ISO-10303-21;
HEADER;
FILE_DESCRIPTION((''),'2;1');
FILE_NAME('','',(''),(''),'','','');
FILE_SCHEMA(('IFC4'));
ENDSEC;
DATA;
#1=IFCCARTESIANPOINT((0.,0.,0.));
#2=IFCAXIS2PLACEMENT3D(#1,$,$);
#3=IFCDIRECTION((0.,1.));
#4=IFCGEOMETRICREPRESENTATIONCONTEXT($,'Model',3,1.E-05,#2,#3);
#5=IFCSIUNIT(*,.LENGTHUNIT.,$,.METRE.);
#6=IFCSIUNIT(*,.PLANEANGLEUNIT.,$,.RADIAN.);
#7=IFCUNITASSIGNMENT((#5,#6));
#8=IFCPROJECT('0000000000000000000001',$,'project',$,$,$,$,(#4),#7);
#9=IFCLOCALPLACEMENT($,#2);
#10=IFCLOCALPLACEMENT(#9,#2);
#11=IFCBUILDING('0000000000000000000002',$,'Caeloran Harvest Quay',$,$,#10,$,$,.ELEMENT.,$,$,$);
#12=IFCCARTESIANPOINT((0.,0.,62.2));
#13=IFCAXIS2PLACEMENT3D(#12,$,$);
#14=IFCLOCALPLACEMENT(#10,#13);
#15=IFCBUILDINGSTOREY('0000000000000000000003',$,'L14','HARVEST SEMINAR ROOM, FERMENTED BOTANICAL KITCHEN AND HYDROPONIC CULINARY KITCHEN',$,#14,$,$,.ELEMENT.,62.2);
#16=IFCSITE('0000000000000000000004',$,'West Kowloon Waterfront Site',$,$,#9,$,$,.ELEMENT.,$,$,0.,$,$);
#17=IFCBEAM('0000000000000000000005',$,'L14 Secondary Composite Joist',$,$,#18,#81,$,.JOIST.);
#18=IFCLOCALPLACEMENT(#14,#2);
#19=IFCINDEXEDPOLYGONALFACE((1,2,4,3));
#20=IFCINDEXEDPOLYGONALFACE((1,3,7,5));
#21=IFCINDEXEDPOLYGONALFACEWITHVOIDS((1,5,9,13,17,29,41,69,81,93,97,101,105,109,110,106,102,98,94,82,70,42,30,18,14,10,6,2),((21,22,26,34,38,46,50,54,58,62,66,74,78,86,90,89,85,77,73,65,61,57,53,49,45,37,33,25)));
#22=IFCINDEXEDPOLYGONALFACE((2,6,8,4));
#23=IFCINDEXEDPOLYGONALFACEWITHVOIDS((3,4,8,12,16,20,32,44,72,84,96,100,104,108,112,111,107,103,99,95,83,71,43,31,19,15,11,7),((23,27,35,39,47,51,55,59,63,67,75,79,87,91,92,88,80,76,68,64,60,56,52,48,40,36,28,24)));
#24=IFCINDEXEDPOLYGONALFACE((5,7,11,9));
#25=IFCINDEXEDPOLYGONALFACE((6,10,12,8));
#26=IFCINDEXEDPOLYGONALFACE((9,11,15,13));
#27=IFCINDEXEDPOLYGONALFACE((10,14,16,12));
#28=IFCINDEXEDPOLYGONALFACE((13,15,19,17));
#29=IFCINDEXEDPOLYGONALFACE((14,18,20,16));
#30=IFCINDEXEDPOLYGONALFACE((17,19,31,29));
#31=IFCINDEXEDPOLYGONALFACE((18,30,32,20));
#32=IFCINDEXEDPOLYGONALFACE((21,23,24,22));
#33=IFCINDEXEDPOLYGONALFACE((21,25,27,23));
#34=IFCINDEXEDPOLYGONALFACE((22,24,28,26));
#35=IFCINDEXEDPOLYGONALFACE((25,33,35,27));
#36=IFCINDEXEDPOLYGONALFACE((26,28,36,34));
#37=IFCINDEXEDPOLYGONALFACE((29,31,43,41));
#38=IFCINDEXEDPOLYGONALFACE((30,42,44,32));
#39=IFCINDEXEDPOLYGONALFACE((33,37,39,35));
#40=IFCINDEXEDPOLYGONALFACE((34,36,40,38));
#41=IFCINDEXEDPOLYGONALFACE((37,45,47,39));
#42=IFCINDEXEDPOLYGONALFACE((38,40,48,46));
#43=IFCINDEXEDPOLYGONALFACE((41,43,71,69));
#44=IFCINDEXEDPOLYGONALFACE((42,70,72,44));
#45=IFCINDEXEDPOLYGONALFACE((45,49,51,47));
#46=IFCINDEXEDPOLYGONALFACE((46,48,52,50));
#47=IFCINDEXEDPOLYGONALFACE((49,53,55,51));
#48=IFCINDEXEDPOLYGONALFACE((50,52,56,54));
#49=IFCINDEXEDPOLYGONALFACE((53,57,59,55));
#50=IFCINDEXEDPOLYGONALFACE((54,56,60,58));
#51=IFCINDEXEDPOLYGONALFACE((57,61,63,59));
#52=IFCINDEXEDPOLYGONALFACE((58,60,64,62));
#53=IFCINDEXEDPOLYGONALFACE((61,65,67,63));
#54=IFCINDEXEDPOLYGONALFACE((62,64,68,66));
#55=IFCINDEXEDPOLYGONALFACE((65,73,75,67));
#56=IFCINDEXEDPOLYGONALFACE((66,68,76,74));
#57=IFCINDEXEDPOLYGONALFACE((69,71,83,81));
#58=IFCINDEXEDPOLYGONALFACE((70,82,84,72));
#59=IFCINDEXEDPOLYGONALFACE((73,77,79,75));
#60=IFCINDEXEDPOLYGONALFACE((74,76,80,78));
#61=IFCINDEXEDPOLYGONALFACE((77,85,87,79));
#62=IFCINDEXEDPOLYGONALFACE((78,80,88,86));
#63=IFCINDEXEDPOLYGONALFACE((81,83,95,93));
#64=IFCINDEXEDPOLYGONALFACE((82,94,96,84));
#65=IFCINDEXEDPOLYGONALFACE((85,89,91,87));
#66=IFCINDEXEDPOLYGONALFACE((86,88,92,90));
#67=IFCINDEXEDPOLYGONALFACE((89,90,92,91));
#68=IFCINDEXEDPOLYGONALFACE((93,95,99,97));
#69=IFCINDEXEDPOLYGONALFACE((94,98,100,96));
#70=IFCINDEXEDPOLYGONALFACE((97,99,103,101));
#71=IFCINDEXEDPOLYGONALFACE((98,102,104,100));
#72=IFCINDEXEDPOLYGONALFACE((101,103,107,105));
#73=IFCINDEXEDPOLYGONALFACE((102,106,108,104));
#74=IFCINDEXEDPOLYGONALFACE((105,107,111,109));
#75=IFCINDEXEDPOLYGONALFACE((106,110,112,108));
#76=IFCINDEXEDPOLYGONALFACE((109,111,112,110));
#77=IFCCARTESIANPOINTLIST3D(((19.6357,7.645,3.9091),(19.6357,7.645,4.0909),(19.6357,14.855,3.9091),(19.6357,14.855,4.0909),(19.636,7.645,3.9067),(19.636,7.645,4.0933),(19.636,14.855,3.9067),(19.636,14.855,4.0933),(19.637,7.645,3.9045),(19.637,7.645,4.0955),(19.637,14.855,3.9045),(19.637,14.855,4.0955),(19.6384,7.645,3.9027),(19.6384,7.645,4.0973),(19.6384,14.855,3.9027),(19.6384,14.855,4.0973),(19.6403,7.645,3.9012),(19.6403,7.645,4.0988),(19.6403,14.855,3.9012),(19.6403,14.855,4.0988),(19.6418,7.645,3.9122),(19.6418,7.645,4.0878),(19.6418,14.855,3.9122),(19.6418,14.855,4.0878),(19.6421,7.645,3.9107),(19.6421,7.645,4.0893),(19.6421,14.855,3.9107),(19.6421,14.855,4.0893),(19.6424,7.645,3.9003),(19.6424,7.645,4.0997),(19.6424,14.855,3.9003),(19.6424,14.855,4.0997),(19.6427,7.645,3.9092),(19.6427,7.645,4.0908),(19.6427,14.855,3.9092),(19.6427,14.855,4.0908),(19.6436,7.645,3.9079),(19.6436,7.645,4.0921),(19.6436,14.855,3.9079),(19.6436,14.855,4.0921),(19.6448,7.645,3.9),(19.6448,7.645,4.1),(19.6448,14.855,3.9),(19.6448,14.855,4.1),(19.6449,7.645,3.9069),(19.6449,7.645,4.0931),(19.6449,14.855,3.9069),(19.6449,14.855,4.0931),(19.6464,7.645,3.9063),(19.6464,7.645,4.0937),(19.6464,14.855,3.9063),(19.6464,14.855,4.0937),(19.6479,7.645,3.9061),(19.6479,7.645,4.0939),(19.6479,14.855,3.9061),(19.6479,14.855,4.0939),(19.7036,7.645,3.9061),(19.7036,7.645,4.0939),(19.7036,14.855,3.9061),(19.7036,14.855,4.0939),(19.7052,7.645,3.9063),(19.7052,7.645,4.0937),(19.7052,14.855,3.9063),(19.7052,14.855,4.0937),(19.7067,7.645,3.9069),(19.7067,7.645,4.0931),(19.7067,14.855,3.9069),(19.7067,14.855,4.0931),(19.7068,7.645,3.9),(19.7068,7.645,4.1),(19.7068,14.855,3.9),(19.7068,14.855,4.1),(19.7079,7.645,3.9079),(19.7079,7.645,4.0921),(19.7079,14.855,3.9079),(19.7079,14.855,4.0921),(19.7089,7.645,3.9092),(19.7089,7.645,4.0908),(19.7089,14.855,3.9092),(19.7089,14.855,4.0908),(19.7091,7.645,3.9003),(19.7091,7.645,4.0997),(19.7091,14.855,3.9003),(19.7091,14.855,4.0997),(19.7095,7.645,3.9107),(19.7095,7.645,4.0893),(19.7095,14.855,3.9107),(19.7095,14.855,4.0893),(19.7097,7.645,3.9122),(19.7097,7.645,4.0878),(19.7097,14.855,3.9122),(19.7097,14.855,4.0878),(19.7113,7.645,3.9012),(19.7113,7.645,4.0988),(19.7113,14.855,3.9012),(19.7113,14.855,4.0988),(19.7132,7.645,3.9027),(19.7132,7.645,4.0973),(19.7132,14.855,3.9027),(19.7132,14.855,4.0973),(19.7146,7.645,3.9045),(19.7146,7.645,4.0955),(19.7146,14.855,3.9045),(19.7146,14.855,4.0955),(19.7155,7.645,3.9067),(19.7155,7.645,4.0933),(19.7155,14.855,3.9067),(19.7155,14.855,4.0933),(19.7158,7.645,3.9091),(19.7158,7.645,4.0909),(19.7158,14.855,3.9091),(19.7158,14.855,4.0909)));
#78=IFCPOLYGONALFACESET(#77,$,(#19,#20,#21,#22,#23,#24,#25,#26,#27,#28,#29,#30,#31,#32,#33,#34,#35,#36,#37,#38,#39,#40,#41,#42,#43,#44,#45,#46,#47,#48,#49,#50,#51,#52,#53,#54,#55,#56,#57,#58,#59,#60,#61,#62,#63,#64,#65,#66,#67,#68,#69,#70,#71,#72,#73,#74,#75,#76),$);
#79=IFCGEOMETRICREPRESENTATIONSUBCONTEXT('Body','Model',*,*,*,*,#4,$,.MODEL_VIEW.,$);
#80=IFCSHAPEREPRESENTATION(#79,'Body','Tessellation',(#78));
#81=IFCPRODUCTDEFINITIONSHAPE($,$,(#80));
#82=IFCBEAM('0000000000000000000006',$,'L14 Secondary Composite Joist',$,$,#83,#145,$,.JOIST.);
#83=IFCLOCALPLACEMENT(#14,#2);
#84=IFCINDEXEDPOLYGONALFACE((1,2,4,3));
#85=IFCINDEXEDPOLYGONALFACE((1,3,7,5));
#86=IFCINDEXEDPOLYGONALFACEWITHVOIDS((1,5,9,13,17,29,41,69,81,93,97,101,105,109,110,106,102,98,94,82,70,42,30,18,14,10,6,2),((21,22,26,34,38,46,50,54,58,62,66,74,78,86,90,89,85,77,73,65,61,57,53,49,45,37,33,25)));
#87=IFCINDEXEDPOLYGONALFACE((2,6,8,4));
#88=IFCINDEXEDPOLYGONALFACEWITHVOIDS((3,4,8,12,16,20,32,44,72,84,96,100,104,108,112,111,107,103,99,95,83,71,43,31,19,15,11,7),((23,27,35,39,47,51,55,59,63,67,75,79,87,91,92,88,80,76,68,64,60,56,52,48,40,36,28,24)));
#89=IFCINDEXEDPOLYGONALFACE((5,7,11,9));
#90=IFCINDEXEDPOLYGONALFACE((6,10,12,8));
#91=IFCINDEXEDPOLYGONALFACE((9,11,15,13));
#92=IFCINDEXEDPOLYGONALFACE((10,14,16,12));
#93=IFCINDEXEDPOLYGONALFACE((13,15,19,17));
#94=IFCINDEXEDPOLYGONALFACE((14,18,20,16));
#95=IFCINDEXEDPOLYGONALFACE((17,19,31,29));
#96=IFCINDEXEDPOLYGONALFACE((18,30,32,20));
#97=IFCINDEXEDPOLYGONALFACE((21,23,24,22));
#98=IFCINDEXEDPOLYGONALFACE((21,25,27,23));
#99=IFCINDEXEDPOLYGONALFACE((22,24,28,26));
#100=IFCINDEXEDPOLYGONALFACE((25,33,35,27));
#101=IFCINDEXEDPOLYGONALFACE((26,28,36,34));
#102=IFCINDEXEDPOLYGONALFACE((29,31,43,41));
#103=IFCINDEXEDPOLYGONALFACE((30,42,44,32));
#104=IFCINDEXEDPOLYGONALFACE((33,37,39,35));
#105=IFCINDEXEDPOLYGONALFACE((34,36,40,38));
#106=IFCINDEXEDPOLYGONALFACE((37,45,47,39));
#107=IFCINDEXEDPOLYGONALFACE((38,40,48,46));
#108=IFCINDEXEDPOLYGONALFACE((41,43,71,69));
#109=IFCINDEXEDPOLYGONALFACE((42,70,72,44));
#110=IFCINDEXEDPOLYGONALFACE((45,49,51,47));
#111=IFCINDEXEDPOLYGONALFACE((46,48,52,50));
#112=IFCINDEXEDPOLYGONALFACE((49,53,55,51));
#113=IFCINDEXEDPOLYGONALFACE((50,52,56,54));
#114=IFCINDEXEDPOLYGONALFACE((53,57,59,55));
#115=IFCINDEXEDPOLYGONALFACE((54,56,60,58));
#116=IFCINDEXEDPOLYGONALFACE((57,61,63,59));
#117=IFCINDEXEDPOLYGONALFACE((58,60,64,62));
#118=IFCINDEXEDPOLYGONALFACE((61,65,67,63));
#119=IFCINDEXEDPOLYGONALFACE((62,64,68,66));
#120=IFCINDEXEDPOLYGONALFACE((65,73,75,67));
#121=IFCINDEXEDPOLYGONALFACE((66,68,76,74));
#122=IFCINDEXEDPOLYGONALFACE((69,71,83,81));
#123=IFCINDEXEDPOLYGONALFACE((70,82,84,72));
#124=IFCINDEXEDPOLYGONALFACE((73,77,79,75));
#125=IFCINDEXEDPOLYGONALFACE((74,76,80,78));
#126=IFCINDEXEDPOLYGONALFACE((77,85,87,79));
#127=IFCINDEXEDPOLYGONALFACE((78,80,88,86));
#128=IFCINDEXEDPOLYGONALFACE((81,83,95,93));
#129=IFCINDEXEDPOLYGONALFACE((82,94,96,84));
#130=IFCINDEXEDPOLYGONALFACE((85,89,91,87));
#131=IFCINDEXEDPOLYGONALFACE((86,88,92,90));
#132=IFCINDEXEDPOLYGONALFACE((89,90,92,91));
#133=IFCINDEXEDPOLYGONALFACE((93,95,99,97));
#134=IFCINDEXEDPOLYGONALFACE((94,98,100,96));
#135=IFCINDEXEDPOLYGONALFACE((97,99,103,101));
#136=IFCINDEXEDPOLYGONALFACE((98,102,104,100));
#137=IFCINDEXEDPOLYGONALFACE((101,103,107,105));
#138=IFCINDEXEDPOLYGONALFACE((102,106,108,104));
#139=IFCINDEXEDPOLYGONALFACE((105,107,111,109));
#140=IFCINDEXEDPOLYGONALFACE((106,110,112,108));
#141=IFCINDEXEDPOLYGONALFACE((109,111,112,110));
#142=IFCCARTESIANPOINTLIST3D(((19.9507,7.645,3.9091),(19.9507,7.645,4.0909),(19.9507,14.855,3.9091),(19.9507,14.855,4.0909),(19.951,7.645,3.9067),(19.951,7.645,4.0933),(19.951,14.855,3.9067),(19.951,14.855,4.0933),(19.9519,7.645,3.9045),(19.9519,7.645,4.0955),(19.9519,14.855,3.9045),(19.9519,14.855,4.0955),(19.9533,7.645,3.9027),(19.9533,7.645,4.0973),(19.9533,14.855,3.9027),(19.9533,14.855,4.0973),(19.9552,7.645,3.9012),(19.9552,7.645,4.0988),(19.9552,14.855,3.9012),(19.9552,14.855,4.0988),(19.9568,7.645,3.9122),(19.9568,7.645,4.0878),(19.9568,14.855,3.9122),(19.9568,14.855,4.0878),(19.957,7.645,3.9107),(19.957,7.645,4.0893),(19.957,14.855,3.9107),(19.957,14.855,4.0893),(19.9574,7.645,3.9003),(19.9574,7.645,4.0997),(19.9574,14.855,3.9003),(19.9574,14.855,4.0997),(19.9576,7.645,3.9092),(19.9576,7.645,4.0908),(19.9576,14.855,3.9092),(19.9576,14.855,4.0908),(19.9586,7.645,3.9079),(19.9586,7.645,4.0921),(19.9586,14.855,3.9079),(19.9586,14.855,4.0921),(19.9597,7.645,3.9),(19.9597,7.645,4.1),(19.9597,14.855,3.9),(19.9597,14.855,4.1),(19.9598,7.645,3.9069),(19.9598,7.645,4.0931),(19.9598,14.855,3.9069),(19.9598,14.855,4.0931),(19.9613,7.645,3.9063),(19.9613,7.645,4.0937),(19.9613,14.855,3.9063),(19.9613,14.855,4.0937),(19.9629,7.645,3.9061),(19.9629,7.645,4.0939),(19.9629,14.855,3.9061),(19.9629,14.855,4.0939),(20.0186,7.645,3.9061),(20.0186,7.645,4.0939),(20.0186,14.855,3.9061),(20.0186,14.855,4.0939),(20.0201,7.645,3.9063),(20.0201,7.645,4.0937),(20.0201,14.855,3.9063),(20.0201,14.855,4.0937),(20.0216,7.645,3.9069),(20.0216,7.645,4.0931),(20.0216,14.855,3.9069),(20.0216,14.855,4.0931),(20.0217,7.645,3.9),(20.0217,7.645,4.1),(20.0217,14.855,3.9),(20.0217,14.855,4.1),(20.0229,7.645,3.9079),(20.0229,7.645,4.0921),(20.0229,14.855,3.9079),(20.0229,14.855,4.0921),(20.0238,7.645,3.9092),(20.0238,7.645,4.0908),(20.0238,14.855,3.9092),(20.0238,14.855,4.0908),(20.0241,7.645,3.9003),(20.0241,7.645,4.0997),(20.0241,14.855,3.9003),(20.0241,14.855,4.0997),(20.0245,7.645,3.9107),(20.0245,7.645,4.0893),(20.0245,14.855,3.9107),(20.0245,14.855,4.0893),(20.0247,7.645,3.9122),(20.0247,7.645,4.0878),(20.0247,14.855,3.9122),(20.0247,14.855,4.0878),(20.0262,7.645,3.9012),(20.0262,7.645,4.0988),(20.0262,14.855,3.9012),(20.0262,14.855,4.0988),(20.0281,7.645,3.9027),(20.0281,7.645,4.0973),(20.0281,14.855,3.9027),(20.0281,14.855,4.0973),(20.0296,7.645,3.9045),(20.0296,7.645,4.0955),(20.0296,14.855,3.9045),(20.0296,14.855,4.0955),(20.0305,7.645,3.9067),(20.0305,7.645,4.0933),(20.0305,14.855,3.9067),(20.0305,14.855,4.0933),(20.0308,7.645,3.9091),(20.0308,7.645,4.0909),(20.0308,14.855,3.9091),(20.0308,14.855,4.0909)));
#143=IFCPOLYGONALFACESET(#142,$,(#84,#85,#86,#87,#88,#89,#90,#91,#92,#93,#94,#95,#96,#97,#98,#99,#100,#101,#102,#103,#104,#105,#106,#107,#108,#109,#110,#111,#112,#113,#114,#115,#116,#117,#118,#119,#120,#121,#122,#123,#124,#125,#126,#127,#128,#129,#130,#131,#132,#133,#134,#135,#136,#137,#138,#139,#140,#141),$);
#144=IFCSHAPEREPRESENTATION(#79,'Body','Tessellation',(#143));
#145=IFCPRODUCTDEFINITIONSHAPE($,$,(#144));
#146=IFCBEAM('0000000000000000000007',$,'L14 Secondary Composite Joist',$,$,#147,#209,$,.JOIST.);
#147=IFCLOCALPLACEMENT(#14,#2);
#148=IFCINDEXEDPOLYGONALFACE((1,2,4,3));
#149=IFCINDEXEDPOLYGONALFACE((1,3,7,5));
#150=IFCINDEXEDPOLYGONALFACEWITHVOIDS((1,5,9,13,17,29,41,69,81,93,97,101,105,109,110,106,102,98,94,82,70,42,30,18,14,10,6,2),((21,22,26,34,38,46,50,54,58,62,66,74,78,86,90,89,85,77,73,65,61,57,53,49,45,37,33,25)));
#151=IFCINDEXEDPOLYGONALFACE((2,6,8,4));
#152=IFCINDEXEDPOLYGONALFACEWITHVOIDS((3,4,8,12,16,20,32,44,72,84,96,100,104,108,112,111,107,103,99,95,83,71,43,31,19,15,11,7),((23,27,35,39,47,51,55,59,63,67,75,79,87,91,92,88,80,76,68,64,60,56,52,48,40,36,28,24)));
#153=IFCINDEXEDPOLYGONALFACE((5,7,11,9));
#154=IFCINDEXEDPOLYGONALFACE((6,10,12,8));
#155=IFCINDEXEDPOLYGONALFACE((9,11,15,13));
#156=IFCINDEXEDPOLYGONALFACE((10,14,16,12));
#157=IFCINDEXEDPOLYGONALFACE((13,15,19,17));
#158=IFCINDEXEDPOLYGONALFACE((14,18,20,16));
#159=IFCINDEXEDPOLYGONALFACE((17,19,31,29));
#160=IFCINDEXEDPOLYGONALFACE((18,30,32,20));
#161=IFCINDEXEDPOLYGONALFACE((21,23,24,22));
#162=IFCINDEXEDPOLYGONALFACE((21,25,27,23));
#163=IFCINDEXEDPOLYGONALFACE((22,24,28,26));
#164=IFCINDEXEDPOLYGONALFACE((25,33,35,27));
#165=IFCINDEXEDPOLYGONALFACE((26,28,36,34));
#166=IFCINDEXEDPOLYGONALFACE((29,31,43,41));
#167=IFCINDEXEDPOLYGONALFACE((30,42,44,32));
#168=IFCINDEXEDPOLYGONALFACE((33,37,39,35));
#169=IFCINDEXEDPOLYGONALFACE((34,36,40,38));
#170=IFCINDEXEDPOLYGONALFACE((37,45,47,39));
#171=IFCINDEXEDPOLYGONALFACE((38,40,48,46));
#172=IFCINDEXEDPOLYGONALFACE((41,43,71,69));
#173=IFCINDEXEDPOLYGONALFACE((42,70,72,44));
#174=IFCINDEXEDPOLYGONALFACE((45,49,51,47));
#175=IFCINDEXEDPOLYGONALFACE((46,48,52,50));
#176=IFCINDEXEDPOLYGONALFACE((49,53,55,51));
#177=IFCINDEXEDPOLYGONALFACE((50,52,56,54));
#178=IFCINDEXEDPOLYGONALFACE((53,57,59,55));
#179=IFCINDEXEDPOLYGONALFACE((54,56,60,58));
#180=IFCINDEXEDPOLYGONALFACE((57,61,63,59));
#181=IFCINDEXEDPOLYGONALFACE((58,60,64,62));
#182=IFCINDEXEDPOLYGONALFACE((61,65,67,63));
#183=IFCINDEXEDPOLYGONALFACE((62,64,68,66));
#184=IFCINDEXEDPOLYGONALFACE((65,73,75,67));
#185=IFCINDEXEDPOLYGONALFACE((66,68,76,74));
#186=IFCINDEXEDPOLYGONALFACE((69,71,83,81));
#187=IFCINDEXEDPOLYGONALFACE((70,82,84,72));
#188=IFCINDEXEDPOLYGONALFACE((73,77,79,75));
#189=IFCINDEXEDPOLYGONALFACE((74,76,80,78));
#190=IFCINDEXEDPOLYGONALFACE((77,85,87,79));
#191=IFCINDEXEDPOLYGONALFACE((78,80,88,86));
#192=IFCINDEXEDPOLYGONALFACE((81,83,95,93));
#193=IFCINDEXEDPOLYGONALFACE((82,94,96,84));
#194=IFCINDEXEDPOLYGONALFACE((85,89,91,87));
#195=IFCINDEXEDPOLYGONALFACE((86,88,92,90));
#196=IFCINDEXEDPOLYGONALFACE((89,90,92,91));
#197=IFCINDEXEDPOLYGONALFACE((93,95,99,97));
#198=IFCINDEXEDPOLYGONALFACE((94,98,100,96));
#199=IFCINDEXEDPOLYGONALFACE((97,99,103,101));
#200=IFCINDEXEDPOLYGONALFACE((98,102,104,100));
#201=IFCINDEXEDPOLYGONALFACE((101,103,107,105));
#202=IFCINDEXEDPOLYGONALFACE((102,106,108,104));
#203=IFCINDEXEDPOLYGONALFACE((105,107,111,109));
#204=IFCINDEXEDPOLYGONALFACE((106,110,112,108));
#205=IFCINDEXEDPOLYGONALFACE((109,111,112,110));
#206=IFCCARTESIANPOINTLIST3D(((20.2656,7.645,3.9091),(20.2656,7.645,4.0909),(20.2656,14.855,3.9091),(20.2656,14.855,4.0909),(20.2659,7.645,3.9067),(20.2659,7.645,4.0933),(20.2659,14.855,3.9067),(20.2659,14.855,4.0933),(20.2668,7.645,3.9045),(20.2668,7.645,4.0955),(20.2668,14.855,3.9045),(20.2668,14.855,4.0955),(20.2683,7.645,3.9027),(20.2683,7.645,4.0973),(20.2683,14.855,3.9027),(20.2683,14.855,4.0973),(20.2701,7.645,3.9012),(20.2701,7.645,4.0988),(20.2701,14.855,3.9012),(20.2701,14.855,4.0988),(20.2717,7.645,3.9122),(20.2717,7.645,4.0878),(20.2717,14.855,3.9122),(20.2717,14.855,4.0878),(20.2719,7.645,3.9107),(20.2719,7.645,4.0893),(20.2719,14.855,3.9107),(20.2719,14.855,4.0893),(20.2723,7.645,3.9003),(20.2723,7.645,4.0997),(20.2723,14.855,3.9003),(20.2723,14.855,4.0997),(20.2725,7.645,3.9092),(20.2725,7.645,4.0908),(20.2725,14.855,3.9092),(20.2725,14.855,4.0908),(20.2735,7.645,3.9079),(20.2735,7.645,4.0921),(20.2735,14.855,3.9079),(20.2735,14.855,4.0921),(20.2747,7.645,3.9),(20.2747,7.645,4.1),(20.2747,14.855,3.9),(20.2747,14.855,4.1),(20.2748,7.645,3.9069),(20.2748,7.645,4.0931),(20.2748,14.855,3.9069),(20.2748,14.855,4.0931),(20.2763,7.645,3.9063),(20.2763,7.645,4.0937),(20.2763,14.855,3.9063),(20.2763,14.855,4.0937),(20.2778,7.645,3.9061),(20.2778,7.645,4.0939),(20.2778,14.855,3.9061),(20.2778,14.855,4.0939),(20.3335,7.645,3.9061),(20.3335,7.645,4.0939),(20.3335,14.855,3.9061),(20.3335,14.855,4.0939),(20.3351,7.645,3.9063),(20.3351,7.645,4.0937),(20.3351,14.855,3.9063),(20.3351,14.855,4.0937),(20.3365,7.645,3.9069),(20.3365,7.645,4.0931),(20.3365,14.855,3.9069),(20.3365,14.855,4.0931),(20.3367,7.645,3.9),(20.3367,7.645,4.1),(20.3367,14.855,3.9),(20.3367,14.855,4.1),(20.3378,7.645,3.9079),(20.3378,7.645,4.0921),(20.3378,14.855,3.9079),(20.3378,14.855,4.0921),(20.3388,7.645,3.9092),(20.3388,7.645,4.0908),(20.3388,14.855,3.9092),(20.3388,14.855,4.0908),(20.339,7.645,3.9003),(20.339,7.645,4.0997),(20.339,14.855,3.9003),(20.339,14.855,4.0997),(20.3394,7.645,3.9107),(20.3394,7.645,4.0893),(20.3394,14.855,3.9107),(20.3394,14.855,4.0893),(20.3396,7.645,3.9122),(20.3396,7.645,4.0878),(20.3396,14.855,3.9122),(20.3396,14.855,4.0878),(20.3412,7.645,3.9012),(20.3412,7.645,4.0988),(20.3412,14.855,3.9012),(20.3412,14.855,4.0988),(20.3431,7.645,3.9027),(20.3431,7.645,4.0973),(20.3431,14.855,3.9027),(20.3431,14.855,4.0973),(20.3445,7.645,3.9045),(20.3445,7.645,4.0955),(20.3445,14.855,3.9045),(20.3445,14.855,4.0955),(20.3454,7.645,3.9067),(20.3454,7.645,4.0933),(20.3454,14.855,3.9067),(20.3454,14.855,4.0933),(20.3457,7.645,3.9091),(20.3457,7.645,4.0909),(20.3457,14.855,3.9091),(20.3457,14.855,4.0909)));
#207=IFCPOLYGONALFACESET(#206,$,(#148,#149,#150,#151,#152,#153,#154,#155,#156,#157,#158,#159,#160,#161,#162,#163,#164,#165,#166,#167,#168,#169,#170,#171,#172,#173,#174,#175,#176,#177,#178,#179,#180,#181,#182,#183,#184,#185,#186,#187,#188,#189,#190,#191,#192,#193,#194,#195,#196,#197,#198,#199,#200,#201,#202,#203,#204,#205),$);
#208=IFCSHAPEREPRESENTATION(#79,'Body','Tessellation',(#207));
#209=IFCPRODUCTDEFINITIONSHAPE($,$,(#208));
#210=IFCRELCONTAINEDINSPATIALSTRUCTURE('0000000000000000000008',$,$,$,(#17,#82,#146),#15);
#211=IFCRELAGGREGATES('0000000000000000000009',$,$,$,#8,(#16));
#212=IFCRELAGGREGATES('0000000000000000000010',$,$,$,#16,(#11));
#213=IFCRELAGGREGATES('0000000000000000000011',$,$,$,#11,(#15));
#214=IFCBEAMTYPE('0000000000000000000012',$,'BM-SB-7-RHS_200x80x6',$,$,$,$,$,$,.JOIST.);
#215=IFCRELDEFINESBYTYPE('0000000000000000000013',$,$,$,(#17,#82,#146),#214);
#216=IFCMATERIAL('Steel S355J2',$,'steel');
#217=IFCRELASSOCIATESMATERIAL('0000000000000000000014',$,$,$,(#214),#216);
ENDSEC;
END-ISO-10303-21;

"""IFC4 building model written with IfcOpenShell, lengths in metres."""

from ifc_helpers import new_model, si_unit, direction, frame, origin, origin_2d, place, context, subcontext, project, spatial, hollow_rectangle, extrude, material, material_profile, profile_set, type_object, element, save


model = new_model("IFC4")

# Units and contexts
model_context = context("Model", 3, precision=1e-05, world=origin(), true_north=direction((0.0, 1.0)))
body_context = subcontext(model_context, "Body", "Model", "MODEL_VIEW")
ifc_project = project(units=[si_unit("LENGTHUNIT", "METRE"), si_unit("PLANEANGLEUNIT", "RADIAN")], contexts=[model_context])

# Site, building, storey
site_placement = place(None, origin())
site = spatial("IfcSite", under=ifc_project, at=site_placement, Name="West Kowloon Waterfront Site", CompositionType="ELEMENT", RefElevation=0.0)
building_placement = place(site_placement, origin())
building = spatial("IfcBuilding", under=site, at=building_placement, Name="Caeloran Harvest Quay", CompositionType="ELEMENT")
storey_placement = place(building_placement, frame((0.0, 0.0, 62.2)))
storey = spatial("IfcBuildingStorey", under=building, at=storey_placement, Name="L14", Description="HARVEST SEMINAR ROOM, FERMENTED BOTANICAL KITCHEN AND HYDROPONIC CULINARY KITCHEN", CompositionType="ELEMENT", Elevation=62.2)

# Beams
ifc_material = material(Name="Steel S355J2", Category="steel")
ifc_material_profile_1 = material_profile(ifc_material, hollow_rectangle(XDim=0.0801, YDim=0.2, WallThickness=0.0061, InnerFilletRadius=0.0061, OuterFilletRadius=0.009, at=origin_2d()), Name="RHS 200x80x6")
ifc_profile_set_1 = profile_set([ifc_material_profile_1], Name="Steel S355J2")
beam_type_1 = type_object("IfcBeamType", Name="BM-SB-7-RHS_200x80x6", PredefinedType="JOIST", material=ifc_profile_set_1)
for number, where, z_axis, x_axis, name in (
    (1, (19.6758, 7.645, 4.0), (0.0, 1.0, 0.0), (-1.0, 0.0, 0.0), "L14 Secondary Composite Joist"),
    (2, (19.9907, 7.645, 4.0), (0.0, 1.0, 0.0), (-1.0, 0.0, 0.0), "L14 Secondary Composite Joist"),
    (3, (20.3057, 7.645, 4.0), (0.0, 1.0, 0.0), (-1.0, 0.0, 0.0), "L14 Secondary Composite Joist"),
):
    element("IfcBeam", number, at=place(storey_placement, frame(where, z_axis=z_axis, x_axis=x_axis)), inside=storey, type_object=beam_type_1, Name=name, PredefinedType="JOIST", context=body_context, shape_type="SweptSolid", body=[
        extrude(hollow_rectangle(XDim=0.0801, YDim=0.2, WallThickness=0.0061, InnerFilletRadius=0.0061, OuterFilletRadius=0.009, at=origin_2d()), origin(), (0.0, 0.0, 1.0), 7.21),
    ])

save(model, "model.ifc")
